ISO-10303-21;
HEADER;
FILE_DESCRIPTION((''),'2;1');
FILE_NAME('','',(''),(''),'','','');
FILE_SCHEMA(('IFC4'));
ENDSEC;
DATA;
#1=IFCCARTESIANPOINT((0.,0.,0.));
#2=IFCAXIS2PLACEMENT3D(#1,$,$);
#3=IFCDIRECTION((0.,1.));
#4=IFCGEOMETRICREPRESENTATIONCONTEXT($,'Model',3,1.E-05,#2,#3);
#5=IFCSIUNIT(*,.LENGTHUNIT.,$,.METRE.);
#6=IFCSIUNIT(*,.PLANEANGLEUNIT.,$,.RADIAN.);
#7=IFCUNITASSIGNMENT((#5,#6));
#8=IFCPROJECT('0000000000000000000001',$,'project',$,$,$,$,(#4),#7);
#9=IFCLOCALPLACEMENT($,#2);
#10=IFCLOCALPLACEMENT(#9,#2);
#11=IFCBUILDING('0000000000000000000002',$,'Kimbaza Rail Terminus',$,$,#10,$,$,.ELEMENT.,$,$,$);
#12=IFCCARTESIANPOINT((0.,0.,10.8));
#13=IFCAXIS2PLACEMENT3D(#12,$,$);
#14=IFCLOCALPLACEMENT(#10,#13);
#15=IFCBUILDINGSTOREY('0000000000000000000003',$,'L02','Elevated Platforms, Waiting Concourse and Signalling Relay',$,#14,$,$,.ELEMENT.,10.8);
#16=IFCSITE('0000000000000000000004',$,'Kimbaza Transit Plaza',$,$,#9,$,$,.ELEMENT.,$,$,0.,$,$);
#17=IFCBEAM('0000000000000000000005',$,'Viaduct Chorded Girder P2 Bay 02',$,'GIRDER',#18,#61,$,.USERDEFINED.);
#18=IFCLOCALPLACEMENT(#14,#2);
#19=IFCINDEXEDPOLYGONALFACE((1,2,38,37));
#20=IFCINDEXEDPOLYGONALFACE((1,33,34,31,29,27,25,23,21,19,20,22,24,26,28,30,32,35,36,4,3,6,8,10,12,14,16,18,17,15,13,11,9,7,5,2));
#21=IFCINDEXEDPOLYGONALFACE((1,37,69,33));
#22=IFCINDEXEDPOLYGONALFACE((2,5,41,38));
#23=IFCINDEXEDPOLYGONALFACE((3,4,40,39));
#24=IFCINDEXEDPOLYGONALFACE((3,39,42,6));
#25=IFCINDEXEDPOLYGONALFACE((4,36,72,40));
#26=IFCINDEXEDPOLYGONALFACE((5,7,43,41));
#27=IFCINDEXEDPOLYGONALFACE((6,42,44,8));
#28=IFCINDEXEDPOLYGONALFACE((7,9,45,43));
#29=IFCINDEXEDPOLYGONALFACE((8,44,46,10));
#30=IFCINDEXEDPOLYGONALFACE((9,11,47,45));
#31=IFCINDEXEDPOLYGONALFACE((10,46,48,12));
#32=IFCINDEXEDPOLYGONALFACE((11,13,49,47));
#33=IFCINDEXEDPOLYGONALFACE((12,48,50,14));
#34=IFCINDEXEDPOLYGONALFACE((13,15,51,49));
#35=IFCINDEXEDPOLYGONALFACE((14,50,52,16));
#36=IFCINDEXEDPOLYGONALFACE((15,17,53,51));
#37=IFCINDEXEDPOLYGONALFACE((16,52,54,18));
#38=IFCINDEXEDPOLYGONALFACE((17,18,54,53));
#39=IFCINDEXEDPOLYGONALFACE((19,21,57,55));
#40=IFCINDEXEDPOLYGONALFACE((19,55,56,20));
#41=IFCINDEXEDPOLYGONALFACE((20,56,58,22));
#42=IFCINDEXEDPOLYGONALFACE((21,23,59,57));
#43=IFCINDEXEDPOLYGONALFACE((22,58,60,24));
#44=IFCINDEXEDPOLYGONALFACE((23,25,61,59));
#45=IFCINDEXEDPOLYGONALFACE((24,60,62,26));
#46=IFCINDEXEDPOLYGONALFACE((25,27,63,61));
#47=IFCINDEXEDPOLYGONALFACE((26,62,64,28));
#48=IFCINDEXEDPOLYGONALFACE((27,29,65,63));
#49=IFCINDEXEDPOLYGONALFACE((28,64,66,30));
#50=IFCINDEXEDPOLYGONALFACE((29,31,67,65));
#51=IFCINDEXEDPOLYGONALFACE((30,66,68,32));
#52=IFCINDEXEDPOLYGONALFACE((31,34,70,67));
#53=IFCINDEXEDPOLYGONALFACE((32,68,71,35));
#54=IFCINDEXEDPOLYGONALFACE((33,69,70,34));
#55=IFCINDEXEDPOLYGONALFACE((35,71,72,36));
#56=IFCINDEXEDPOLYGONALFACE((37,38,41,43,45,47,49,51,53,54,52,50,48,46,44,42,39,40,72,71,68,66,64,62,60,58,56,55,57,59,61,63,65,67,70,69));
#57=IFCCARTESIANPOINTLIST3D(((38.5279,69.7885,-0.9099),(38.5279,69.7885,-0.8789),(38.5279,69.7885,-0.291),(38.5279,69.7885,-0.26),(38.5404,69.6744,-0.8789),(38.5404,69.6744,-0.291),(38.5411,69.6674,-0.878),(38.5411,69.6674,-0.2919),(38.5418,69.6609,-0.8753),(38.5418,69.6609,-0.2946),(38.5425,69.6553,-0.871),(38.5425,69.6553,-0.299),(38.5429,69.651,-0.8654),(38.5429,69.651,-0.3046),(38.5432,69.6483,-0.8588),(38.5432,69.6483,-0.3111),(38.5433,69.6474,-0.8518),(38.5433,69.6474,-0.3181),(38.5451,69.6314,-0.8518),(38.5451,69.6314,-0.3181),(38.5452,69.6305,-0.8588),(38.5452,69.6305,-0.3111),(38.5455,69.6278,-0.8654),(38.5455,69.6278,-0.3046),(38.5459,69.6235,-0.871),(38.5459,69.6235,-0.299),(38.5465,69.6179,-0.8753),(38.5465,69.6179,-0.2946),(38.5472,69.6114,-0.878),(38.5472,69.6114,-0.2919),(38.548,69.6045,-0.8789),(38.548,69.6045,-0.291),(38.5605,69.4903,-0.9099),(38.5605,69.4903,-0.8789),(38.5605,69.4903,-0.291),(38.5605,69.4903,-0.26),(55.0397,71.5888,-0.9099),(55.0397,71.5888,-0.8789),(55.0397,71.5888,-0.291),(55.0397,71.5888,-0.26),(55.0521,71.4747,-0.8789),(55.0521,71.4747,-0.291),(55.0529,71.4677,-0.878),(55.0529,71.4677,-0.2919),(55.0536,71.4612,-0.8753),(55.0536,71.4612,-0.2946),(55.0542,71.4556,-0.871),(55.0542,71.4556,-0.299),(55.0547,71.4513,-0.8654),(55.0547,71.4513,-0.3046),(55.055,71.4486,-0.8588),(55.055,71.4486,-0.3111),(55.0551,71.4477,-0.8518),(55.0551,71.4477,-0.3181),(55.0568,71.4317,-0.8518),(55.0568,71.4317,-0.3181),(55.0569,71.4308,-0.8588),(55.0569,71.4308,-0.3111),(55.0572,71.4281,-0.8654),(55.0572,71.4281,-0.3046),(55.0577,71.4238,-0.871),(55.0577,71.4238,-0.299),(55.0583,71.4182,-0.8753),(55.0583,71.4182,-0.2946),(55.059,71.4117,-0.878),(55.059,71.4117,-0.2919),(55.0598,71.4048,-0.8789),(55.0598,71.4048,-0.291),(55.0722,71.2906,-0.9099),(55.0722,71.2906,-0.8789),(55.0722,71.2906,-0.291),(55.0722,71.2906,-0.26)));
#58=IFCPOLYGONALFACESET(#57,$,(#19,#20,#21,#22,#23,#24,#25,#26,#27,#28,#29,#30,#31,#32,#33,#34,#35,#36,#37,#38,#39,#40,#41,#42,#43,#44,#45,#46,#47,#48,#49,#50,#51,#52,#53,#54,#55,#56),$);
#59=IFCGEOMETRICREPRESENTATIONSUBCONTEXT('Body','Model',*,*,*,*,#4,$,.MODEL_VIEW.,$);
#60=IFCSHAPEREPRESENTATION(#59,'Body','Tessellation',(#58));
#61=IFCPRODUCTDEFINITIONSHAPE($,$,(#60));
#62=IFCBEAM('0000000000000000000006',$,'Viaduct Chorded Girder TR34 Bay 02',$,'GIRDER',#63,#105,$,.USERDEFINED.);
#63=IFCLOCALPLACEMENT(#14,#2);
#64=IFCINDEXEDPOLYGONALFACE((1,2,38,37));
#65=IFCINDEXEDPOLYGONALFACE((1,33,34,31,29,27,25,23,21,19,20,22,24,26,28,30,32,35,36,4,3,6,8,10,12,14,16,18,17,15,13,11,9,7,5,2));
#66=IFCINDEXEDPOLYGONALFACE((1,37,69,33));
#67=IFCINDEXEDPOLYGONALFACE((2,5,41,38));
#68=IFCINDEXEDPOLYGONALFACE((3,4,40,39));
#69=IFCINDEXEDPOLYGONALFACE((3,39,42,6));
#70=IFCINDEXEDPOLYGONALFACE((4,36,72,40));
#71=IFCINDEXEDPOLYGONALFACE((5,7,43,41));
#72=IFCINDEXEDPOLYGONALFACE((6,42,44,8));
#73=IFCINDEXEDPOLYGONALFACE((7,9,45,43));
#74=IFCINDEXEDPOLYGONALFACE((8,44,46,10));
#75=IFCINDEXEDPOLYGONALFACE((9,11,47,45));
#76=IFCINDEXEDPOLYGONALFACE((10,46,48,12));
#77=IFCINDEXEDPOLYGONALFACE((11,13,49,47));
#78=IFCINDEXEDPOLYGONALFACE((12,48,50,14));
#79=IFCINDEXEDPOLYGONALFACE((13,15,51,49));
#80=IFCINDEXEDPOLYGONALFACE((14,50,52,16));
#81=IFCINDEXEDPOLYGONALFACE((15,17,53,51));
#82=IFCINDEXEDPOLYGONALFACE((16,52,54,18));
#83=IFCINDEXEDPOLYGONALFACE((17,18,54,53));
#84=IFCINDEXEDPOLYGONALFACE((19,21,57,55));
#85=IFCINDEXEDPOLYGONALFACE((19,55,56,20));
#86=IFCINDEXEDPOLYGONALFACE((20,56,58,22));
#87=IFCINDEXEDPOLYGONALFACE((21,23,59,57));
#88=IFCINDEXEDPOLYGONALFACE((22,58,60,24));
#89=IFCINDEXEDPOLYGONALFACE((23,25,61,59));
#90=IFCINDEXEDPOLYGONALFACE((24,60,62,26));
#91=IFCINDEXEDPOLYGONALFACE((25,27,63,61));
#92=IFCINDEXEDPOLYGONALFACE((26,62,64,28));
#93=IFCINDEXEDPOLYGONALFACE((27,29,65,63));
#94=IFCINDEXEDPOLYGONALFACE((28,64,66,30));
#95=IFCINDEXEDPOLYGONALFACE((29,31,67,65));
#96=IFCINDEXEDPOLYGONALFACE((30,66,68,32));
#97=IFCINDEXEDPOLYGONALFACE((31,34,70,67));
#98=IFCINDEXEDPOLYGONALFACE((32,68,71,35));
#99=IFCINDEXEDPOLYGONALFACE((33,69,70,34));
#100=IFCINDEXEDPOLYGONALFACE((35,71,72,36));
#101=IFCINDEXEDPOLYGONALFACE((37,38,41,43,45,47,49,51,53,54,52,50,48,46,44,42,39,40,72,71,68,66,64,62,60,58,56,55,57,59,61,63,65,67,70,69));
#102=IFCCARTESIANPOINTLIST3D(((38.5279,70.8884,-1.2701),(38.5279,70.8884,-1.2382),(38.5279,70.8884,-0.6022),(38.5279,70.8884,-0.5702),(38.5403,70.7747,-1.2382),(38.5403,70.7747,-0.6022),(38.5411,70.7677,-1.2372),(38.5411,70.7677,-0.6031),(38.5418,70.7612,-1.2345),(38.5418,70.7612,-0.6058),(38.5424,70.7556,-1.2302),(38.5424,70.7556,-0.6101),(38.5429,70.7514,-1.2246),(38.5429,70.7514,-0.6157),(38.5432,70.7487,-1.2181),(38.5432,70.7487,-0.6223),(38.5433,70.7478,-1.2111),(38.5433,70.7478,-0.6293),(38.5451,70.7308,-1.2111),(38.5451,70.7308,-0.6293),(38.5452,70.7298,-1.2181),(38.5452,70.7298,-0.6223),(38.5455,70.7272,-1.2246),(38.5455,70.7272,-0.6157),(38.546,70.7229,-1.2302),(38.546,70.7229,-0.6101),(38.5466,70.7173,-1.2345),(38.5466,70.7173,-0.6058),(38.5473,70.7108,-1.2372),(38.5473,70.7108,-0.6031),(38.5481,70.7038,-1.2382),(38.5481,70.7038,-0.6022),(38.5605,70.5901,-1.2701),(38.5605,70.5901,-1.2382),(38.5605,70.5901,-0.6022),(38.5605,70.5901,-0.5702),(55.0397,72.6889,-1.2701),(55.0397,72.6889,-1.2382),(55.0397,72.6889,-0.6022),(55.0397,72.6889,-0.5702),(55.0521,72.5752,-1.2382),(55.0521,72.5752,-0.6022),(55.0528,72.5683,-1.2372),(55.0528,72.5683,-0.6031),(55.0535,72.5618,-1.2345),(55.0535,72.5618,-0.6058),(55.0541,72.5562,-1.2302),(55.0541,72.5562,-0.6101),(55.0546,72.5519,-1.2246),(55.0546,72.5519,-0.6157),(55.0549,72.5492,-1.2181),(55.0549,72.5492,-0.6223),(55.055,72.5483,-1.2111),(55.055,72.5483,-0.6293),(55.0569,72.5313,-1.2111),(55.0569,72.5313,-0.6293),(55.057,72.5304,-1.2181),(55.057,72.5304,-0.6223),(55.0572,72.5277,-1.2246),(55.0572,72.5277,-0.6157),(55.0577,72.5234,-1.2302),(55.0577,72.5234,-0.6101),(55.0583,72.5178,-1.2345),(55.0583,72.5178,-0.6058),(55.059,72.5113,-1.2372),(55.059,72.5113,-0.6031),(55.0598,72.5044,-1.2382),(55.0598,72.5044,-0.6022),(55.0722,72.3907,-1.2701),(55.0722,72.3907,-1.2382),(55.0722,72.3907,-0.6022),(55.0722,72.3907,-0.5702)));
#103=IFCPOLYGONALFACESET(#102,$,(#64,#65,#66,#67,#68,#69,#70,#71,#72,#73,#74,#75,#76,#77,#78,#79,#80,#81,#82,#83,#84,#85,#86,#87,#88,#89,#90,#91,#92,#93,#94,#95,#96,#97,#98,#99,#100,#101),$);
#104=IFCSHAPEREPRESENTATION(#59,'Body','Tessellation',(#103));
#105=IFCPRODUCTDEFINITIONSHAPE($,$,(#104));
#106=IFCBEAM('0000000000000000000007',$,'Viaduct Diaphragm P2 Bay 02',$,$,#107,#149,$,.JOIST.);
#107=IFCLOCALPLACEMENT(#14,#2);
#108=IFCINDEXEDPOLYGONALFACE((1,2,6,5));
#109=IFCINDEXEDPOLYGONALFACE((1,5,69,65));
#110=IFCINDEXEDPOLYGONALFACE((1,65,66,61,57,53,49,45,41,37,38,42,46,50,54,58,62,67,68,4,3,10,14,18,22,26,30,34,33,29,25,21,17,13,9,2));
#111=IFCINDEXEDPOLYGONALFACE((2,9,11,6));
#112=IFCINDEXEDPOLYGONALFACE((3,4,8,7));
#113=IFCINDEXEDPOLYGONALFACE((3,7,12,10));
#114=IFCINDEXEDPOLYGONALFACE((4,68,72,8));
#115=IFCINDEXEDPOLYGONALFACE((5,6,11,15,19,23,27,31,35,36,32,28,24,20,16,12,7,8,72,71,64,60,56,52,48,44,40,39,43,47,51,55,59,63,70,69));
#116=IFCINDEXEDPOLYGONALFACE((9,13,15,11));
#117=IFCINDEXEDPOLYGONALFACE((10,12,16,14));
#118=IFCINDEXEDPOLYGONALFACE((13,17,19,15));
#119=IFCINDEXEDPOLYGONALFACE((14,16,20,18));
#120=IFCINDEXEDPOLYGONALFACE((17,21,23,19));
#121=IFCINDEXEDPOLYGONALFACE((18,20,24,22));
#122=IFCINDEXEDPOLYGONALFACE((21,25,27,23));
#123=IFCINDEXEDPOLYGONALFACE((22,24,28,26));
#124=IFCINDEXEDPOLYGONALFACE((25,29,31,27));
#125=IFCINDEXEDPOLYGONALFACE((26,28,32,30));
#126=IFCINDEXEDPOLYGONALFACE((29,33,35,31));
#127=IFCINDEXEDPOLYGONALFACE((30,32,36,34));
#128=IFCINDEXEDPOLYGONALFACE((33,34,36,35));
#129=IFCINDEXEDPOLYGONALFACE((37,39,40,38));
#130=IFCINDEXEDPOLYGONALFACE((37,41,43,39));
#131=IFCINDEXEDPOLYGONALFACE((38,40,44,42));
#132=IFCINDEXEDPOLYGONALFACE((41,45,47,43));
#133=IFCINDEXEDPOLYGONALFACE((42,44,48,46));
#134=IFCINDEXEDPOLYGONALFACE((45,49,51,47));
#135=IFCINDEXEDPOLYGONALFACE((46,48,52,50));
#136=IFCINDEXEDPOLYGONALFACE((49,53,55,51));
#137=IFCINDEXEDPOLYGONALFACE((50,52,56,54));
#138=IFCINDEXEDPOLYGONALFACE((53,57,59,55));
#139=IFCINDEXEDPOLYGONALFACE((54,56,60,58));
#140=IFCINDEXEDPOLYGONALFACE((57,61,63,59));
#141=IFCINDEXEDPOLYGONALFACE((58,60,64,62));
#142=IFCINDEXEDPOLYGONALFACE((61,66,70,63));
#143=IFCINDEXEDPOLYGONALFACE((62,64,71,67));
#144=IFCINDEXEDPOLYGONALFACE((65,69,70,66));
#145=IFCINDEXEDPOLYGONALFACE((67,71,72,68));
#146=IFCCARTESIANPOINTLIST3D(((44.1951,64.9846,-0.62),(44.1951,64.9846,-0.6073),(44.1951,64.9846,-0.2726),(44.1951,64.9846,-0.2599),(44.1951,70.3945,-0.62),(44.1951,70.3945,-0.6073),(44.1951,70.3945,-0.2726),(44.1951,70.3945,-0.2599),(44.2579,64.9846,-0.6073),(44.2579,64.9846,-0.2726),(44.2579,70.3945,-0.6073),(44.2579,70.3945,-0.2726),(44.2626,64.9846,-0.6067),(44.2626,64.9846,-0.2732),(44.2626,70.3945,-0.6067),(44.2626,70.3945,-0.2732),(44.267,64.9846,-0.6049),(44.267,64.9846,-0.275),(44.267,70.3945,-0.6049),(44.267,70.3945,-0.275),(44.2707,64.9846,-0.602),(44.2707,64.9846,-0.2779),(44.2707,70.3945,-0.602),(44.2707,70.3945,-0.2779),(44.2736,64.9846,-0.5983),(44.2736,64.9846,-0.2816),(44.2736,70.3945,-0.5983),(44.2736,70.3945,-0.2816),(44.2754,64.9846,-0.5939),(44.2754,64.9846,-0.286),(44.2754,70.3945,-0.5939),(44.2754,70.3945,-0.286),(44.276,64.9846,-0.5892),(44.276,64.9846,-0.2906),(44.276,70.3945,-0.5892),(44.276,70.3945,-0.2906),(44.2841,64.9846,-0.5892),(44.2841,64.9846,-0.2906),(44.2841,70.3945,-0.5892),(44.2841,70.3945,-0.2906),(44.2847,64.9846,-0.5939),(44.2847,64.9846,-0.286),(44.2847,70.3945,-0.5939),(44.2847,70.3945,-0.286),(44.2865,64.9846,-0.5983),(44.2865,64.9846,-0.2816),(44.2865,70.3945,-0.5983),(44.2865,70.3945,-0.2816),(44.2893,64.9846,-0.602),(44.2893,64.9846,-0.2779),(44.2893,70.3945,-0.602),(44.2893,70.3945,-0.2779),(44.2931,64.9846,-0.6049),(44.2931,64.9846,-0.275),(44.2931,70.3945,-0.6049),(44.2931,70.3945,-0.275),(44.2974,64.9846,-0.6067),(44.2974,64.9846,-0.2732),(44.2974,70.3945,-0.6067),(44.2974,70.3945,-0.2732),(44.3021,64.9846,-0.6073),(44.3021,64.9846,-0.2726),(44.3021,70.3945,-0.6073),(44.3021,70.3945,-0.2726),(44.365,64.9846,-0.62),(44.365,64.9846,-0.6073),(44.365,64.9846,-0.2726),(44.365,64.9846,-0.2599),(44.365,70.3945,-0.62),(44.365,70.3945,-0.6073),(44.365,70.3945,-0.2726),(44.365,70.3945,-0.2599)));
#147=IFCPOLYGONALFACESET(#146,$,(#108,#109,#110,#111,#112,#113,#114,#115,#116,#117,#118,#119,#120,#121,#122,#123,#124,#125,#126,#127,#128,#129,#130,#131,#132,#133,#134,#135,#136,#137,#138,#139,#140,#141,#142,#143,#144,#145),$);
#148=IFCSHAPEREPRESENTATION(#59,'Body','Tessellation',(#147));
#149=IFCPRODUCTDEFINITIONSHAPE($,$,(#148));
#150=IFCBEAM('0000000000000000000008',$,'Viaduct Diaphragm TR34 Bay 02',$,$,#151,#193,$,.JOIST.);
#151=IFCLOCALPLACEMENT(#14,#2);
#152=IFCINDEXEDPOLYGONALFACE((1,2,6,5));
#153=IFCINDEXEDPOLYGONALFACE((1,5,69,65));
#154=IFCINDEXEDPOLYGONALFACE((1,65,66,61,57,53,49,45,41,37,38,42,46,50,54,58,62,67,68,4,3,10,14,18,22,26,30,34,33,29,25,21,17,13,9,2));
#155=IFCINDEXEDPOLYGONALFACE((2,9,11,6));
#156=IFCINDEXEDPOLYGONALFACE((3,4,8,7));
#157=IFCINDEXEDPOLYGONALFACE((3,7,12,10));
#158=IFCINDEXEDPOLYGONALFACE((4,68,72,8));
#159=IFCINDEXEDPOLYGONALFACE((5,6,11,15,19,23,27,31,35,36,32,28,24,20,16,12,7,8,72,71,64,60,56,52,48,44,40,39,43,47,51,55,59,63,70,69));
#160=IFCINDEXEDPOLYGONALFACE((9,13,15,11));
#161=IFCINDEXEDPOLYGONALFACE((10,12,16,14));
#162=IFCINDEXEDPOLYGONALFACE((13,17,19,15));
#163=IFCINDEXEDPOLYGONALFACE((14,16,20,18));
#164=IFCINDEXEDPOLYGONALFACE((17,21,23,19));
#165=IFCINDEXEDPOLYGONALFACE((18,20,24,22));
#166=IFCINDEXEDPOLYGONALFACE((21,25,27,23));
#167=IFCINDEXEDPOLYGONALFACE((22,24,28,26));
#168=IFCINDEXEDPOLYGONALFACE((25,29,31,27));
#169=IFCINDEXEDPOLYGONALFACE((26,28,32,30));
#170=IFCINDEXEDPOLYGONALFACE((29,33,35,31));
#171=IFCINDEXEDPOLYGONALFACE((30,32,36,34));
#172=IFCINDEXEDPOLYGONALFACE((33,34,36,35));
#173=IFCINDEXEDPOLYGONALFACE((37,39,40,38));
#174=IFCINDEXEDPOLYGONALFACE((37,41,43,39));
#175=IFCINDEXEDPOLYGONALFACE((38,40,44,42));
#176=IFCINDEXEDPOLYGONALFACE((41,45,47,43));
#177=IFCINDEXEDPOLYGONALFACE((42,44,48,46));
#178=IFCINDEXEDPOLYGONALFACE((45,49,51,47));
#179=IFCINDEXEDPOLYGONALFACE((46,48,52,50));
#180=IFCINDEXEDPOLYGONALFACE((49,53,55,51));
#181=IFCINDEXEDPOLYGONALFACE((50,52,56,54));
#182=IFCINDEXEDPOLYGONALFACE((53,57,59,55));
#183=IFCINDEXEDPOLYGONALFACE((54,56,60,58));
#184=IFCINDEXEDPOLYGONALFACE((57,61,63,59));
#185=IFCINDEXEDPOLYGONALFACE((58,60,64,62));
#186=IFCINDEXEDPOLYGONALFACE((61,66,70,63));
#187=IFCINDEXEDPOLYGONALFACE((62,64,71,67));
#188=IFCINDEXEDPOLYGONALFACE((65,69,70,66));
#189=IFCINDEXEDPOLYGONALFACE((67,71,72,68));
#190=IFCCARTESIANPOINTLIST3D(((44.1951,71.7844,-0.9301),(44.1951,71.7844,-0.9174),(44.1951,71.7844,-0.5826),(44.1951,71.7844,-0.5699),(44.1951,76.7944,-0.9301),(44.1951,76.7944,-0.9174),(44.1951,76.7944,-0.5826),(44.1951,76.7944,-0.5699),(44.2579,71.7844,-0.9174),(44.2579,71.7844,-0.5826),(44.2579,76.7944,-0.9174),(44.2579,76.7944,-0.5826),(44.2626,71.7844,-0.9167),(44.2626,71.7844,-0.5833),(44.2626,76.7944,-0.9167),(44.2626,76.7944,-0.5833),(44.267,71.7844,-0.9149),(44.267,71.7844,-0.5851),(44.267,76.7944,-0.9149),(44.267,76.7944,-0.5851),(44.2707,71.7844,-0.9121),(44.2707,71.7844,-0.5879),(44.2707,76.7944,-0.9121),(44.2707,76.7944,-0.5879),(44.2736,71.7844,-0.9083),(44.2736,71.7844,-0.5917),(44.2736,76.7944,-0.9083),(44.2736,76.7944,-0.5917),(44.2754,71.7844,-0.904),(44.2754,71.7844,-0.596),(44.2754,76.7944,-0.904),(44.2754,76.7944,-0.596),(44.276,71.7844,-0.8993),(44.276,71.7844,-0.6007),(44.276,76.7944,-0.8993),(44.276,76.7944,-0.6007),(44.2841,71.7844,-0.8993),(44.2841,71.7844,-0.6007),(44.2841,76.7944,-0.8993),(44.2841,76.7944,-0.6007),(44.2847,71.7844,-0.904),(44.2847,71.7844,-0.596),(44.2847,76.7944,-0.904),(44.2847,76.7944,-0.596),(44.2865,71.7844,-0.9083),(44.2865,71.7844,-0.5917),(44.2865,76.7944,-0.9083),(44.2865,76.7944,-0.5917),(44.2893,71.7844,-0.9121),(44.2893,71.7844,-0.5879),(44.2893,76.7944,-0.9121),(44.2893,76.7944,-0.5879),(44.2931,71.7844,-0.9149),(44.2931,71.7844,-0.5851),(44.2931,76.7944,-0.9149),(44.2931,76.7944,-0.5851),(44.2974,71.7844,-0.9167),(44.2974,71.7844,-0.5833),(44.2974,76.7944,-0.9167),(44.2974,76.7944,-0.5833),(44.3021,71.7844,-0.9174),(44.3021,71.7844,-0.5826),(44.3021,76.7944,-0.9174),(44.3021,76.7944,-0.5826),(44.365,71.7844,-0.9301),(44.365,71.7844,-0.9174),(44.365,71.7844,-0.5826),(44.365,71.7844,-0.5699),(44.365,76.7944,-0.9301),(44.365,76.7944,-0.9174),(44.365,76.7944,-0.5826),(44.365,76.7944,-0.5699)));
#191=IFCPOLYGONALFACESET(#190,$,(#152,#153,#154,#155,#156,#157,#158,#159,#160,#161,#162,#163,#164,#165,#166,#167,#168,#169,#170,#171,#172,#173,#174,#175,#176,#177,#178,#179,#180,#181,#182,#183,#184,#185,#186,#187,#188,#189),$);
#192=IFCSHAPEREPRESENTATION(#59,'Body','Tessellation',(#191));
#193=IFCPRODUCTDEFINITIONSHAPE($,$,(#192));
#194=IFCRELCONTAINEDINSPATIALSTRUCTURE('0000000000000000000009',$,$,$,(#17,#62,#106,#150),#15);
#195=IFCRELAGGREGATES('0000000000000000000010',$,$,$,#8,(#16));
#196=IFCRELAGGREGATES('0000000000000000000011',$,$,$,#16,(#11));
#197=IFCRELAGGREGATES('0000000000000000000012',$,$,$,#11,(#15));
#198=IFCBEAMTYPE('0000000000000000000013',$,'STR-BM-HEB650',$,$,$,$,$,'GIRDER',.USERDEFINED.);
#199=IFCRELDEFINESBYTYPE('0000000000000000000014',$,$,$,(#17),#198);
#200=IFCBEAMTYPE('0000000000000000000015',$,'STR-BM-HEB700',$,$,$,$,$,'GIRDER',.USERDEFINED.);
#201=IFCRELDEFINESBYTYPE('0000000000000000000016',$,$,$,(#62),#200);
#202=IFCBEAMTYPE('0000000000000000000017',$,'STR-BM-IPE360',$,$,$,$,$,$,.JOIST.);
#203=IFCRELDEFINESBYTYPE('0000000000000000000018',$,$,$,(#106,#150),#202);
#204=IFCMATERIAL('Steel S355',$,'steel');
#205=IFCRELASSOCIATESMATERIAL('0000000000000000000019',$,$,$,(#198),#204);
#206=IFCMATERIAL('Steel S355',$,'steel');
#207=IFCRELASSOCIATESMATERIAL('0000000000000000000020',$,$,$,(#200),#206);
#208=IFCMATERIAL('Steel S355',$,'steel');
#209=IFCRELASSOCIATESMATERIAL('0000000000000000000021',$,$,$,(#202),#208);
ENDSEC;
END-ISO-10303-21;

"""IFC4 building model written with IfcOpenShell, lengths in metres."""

from ifc_helpers import new_model, si_unit, direction, frame, origin, origin_2d, place, context, subcontext, project, spatial, i_section, extrude, material, material_profile, profile_set, type_object, element, save


model = new_model("IFC4")

# Units and contexts
model_context = context("Model", 3, precision=1e-05, world=origin(), true_north=direction((0.0, 1.0)))
body_context = subcontext(model_context, "Body", "Model", "MODEL_VIEW")
ifc_project = project(units=[si_unit("LENGTHUNIT", "METRE"), si_unit("PLANEANGLEUNIT", "RADIAN")], contexts=[model_context])

# Site, building, storey
site_placement = place(None, origin())
site = spatial("IfcSite", under=ifc_project, at=site_placement, Name="Kimbaza Transit Plaza", CompositionType="ELEMENT", RefElevation=0.0)
building_placement = place(site_placement, origin())
building = spatial("IfcBuilding", under=site, at=building_placement, Name="Kimbaza Rail Terminus", CompositionType="ELEMENT")
storey_placement = place(building_placement, frame((0.0, 0.0, 10.8)))
storey = spatial("IfcBuildingStorey", under=building, at=storey_placement, Name="L02", Description="Elevated Platforms, Waiting Concourse and Signalling Relay", CompositionType="ELEMENT", Elevation=10.8)

# Beams
ifc_material_1 = material(Name="Steel S355", Category="steel")
ifc_material_profile_1 = material_profile(ifc_material_1, i_section(OverallWidth=0.3, OverallDepth=0.6499, WebThickness=0.0161, FlangeThickness=0.031, FilletRadius=0.0271, at=origin_2d()), Name="HEB 650")
ifc_profile_set_1 = profile_set([ifc_material_profile_1], Name="Steel S355")
beam_type_1 = type_object("IfcBeamType", Name="STR-BM-HEB650", ElementType="GIRDER", PredefinedType="USERDEFINED", material=ifc_profile_set_1)
beam_1_placement = place(storey_placement, frame((38.5442, 69.6394, -0.585), z_axis=(0.994109, 0.108389, 0.0), x_axis=(-0.108389, 0.994109, 0.0)))
element("IfcBeam", 1, at=beam_1_placement, inside=storey, type_object=beam_type_1, Name="Viaduct Chorded Girder P2 Bay 02", ObjectType="GIRDER", PredefinedType="USERDEFINED", context=body_context, shape_type="SweptSolid", body=[
    extrude(i_section(OverallWidth=0.3, OverallDepth=0.6499, WebThickness=0.0161, FlangeThickness=0.031, FilletRadius=0.0271, at=origin_2d()), origin(), (0.0, 0.0, 1.0), 16.6096),
])
ifc_material_2 = material(Name="Steel S355", Category="steel")
ifc_material_profile_2 = material_profile(ifc_material_2, i_section(OverallWidth=0.3, OverallDepth=0.7, WebThickness=0.0171, FlangeThickness=0.032, FilletRadius=0.0271, at=origin_2d()), Name="HEB 700")
ifc_profile_set_2 = profile_set([ifc_material_profile_2], Name="Steel S355")
beam_type_2 = type_object("IfcBeamType", Name="STR-BM-HEB700", ElementType="GIRDER", PredefinedType="USERDEFINED", material=ifc_profile_set_2)
beam_2_placement = place(storey_placement, frame((38.5442, 70.7393, -0.9202), z_axis=(0.994107, 0.108403, 0.0), x_axis=(-0.108403, 0.994107, 0.0)))
element("IfcBeam", 2, at=beam_2_placement, inside=storey, type_object=beam_type_2, Name="Viaduct Chorded Girder TR34 Bay 02", ObjectType="GIRDER", PredefinedType="USERDEFINED", context=body_context, shape_type="SweptSolid", body=[
    extrude(i_section(OverallWidth=0.3, OverallDepth=0.7, WebThickness=0.0171, FlangeThickness=0.032, FilletRadius=0.0271, at=origin_2d()), origin(), (0.0, 0.0, 1.0), 16.6096),
])
ifc_material_3 = material(Name="Steel S355", Category="steel")
ifc_material_profile_3 = material_profile(ifc_material_3, i_section(OverallWidth=0.1699, OverallDepth=0.3601, WebThickness=0.0081, FlangeThickness=0.0127, FilletRadius=0.0181, at=origin_2d()), Name="IPE 360")
ifc_profile_set_3 = profile_set([ifc_material_profile_3], Name="Steel S355")
beam_type_3 = type_object("IfcBeamType", Name="STR-BM-IPE360", PredefinedType="JOIST", material=ifc_profile_set_3)
beam_3_placement = place(storey_placement, frame((44.28, 64.9846, -0.4399), z_axis=(0.0, 1.0, 0.0), x_axis=(-1.0, 0.0, 0.0)))
element("IfcBeam", 3, at=beam_3_placement, inside=storey, type_object=beam_type_3, Name="Viaduct Diaphragm P2 Bay 02", PredefinedType="JOIST", context=body_context, shape_type="SweptSolid", body=[
    extrude(i_section(OverallWidth=0.1699, OverallDepth=0.3601, WebThickness=0.0081, FlangeThickness=0.0127, FilletRadius=0.0181, at=origin_2d()), origin(), (0.0, 0.0, 1.0), 5.4099),
])
beam_4_placement = place(storey_placement, frame((44.28, 71.7844, -0.75), z_axis=(0.0, 1.0, 0.0), x_axis=(-1.0, 0.0, 0.0)))
element("IfcBeam", 4, at=beam_4_placement, inside=storey, type_object=beam_type_3, Name="Viaduct Diaphragm TR34 Bay 02", PredefinedType="JOIST", context=body_context, shape_type="SweptSolid", body=[
    extrude(i_section(OverallWidth=0.1699, OverallDepth=0.3601, WebThickness=0.0081, FlangeThickness=0.0127, FilletRadius=0.0181, at=origin_2d()), origin(), (0.0, 0.0, 1.0), 5.01),
])

save(model, "model.ifc")
